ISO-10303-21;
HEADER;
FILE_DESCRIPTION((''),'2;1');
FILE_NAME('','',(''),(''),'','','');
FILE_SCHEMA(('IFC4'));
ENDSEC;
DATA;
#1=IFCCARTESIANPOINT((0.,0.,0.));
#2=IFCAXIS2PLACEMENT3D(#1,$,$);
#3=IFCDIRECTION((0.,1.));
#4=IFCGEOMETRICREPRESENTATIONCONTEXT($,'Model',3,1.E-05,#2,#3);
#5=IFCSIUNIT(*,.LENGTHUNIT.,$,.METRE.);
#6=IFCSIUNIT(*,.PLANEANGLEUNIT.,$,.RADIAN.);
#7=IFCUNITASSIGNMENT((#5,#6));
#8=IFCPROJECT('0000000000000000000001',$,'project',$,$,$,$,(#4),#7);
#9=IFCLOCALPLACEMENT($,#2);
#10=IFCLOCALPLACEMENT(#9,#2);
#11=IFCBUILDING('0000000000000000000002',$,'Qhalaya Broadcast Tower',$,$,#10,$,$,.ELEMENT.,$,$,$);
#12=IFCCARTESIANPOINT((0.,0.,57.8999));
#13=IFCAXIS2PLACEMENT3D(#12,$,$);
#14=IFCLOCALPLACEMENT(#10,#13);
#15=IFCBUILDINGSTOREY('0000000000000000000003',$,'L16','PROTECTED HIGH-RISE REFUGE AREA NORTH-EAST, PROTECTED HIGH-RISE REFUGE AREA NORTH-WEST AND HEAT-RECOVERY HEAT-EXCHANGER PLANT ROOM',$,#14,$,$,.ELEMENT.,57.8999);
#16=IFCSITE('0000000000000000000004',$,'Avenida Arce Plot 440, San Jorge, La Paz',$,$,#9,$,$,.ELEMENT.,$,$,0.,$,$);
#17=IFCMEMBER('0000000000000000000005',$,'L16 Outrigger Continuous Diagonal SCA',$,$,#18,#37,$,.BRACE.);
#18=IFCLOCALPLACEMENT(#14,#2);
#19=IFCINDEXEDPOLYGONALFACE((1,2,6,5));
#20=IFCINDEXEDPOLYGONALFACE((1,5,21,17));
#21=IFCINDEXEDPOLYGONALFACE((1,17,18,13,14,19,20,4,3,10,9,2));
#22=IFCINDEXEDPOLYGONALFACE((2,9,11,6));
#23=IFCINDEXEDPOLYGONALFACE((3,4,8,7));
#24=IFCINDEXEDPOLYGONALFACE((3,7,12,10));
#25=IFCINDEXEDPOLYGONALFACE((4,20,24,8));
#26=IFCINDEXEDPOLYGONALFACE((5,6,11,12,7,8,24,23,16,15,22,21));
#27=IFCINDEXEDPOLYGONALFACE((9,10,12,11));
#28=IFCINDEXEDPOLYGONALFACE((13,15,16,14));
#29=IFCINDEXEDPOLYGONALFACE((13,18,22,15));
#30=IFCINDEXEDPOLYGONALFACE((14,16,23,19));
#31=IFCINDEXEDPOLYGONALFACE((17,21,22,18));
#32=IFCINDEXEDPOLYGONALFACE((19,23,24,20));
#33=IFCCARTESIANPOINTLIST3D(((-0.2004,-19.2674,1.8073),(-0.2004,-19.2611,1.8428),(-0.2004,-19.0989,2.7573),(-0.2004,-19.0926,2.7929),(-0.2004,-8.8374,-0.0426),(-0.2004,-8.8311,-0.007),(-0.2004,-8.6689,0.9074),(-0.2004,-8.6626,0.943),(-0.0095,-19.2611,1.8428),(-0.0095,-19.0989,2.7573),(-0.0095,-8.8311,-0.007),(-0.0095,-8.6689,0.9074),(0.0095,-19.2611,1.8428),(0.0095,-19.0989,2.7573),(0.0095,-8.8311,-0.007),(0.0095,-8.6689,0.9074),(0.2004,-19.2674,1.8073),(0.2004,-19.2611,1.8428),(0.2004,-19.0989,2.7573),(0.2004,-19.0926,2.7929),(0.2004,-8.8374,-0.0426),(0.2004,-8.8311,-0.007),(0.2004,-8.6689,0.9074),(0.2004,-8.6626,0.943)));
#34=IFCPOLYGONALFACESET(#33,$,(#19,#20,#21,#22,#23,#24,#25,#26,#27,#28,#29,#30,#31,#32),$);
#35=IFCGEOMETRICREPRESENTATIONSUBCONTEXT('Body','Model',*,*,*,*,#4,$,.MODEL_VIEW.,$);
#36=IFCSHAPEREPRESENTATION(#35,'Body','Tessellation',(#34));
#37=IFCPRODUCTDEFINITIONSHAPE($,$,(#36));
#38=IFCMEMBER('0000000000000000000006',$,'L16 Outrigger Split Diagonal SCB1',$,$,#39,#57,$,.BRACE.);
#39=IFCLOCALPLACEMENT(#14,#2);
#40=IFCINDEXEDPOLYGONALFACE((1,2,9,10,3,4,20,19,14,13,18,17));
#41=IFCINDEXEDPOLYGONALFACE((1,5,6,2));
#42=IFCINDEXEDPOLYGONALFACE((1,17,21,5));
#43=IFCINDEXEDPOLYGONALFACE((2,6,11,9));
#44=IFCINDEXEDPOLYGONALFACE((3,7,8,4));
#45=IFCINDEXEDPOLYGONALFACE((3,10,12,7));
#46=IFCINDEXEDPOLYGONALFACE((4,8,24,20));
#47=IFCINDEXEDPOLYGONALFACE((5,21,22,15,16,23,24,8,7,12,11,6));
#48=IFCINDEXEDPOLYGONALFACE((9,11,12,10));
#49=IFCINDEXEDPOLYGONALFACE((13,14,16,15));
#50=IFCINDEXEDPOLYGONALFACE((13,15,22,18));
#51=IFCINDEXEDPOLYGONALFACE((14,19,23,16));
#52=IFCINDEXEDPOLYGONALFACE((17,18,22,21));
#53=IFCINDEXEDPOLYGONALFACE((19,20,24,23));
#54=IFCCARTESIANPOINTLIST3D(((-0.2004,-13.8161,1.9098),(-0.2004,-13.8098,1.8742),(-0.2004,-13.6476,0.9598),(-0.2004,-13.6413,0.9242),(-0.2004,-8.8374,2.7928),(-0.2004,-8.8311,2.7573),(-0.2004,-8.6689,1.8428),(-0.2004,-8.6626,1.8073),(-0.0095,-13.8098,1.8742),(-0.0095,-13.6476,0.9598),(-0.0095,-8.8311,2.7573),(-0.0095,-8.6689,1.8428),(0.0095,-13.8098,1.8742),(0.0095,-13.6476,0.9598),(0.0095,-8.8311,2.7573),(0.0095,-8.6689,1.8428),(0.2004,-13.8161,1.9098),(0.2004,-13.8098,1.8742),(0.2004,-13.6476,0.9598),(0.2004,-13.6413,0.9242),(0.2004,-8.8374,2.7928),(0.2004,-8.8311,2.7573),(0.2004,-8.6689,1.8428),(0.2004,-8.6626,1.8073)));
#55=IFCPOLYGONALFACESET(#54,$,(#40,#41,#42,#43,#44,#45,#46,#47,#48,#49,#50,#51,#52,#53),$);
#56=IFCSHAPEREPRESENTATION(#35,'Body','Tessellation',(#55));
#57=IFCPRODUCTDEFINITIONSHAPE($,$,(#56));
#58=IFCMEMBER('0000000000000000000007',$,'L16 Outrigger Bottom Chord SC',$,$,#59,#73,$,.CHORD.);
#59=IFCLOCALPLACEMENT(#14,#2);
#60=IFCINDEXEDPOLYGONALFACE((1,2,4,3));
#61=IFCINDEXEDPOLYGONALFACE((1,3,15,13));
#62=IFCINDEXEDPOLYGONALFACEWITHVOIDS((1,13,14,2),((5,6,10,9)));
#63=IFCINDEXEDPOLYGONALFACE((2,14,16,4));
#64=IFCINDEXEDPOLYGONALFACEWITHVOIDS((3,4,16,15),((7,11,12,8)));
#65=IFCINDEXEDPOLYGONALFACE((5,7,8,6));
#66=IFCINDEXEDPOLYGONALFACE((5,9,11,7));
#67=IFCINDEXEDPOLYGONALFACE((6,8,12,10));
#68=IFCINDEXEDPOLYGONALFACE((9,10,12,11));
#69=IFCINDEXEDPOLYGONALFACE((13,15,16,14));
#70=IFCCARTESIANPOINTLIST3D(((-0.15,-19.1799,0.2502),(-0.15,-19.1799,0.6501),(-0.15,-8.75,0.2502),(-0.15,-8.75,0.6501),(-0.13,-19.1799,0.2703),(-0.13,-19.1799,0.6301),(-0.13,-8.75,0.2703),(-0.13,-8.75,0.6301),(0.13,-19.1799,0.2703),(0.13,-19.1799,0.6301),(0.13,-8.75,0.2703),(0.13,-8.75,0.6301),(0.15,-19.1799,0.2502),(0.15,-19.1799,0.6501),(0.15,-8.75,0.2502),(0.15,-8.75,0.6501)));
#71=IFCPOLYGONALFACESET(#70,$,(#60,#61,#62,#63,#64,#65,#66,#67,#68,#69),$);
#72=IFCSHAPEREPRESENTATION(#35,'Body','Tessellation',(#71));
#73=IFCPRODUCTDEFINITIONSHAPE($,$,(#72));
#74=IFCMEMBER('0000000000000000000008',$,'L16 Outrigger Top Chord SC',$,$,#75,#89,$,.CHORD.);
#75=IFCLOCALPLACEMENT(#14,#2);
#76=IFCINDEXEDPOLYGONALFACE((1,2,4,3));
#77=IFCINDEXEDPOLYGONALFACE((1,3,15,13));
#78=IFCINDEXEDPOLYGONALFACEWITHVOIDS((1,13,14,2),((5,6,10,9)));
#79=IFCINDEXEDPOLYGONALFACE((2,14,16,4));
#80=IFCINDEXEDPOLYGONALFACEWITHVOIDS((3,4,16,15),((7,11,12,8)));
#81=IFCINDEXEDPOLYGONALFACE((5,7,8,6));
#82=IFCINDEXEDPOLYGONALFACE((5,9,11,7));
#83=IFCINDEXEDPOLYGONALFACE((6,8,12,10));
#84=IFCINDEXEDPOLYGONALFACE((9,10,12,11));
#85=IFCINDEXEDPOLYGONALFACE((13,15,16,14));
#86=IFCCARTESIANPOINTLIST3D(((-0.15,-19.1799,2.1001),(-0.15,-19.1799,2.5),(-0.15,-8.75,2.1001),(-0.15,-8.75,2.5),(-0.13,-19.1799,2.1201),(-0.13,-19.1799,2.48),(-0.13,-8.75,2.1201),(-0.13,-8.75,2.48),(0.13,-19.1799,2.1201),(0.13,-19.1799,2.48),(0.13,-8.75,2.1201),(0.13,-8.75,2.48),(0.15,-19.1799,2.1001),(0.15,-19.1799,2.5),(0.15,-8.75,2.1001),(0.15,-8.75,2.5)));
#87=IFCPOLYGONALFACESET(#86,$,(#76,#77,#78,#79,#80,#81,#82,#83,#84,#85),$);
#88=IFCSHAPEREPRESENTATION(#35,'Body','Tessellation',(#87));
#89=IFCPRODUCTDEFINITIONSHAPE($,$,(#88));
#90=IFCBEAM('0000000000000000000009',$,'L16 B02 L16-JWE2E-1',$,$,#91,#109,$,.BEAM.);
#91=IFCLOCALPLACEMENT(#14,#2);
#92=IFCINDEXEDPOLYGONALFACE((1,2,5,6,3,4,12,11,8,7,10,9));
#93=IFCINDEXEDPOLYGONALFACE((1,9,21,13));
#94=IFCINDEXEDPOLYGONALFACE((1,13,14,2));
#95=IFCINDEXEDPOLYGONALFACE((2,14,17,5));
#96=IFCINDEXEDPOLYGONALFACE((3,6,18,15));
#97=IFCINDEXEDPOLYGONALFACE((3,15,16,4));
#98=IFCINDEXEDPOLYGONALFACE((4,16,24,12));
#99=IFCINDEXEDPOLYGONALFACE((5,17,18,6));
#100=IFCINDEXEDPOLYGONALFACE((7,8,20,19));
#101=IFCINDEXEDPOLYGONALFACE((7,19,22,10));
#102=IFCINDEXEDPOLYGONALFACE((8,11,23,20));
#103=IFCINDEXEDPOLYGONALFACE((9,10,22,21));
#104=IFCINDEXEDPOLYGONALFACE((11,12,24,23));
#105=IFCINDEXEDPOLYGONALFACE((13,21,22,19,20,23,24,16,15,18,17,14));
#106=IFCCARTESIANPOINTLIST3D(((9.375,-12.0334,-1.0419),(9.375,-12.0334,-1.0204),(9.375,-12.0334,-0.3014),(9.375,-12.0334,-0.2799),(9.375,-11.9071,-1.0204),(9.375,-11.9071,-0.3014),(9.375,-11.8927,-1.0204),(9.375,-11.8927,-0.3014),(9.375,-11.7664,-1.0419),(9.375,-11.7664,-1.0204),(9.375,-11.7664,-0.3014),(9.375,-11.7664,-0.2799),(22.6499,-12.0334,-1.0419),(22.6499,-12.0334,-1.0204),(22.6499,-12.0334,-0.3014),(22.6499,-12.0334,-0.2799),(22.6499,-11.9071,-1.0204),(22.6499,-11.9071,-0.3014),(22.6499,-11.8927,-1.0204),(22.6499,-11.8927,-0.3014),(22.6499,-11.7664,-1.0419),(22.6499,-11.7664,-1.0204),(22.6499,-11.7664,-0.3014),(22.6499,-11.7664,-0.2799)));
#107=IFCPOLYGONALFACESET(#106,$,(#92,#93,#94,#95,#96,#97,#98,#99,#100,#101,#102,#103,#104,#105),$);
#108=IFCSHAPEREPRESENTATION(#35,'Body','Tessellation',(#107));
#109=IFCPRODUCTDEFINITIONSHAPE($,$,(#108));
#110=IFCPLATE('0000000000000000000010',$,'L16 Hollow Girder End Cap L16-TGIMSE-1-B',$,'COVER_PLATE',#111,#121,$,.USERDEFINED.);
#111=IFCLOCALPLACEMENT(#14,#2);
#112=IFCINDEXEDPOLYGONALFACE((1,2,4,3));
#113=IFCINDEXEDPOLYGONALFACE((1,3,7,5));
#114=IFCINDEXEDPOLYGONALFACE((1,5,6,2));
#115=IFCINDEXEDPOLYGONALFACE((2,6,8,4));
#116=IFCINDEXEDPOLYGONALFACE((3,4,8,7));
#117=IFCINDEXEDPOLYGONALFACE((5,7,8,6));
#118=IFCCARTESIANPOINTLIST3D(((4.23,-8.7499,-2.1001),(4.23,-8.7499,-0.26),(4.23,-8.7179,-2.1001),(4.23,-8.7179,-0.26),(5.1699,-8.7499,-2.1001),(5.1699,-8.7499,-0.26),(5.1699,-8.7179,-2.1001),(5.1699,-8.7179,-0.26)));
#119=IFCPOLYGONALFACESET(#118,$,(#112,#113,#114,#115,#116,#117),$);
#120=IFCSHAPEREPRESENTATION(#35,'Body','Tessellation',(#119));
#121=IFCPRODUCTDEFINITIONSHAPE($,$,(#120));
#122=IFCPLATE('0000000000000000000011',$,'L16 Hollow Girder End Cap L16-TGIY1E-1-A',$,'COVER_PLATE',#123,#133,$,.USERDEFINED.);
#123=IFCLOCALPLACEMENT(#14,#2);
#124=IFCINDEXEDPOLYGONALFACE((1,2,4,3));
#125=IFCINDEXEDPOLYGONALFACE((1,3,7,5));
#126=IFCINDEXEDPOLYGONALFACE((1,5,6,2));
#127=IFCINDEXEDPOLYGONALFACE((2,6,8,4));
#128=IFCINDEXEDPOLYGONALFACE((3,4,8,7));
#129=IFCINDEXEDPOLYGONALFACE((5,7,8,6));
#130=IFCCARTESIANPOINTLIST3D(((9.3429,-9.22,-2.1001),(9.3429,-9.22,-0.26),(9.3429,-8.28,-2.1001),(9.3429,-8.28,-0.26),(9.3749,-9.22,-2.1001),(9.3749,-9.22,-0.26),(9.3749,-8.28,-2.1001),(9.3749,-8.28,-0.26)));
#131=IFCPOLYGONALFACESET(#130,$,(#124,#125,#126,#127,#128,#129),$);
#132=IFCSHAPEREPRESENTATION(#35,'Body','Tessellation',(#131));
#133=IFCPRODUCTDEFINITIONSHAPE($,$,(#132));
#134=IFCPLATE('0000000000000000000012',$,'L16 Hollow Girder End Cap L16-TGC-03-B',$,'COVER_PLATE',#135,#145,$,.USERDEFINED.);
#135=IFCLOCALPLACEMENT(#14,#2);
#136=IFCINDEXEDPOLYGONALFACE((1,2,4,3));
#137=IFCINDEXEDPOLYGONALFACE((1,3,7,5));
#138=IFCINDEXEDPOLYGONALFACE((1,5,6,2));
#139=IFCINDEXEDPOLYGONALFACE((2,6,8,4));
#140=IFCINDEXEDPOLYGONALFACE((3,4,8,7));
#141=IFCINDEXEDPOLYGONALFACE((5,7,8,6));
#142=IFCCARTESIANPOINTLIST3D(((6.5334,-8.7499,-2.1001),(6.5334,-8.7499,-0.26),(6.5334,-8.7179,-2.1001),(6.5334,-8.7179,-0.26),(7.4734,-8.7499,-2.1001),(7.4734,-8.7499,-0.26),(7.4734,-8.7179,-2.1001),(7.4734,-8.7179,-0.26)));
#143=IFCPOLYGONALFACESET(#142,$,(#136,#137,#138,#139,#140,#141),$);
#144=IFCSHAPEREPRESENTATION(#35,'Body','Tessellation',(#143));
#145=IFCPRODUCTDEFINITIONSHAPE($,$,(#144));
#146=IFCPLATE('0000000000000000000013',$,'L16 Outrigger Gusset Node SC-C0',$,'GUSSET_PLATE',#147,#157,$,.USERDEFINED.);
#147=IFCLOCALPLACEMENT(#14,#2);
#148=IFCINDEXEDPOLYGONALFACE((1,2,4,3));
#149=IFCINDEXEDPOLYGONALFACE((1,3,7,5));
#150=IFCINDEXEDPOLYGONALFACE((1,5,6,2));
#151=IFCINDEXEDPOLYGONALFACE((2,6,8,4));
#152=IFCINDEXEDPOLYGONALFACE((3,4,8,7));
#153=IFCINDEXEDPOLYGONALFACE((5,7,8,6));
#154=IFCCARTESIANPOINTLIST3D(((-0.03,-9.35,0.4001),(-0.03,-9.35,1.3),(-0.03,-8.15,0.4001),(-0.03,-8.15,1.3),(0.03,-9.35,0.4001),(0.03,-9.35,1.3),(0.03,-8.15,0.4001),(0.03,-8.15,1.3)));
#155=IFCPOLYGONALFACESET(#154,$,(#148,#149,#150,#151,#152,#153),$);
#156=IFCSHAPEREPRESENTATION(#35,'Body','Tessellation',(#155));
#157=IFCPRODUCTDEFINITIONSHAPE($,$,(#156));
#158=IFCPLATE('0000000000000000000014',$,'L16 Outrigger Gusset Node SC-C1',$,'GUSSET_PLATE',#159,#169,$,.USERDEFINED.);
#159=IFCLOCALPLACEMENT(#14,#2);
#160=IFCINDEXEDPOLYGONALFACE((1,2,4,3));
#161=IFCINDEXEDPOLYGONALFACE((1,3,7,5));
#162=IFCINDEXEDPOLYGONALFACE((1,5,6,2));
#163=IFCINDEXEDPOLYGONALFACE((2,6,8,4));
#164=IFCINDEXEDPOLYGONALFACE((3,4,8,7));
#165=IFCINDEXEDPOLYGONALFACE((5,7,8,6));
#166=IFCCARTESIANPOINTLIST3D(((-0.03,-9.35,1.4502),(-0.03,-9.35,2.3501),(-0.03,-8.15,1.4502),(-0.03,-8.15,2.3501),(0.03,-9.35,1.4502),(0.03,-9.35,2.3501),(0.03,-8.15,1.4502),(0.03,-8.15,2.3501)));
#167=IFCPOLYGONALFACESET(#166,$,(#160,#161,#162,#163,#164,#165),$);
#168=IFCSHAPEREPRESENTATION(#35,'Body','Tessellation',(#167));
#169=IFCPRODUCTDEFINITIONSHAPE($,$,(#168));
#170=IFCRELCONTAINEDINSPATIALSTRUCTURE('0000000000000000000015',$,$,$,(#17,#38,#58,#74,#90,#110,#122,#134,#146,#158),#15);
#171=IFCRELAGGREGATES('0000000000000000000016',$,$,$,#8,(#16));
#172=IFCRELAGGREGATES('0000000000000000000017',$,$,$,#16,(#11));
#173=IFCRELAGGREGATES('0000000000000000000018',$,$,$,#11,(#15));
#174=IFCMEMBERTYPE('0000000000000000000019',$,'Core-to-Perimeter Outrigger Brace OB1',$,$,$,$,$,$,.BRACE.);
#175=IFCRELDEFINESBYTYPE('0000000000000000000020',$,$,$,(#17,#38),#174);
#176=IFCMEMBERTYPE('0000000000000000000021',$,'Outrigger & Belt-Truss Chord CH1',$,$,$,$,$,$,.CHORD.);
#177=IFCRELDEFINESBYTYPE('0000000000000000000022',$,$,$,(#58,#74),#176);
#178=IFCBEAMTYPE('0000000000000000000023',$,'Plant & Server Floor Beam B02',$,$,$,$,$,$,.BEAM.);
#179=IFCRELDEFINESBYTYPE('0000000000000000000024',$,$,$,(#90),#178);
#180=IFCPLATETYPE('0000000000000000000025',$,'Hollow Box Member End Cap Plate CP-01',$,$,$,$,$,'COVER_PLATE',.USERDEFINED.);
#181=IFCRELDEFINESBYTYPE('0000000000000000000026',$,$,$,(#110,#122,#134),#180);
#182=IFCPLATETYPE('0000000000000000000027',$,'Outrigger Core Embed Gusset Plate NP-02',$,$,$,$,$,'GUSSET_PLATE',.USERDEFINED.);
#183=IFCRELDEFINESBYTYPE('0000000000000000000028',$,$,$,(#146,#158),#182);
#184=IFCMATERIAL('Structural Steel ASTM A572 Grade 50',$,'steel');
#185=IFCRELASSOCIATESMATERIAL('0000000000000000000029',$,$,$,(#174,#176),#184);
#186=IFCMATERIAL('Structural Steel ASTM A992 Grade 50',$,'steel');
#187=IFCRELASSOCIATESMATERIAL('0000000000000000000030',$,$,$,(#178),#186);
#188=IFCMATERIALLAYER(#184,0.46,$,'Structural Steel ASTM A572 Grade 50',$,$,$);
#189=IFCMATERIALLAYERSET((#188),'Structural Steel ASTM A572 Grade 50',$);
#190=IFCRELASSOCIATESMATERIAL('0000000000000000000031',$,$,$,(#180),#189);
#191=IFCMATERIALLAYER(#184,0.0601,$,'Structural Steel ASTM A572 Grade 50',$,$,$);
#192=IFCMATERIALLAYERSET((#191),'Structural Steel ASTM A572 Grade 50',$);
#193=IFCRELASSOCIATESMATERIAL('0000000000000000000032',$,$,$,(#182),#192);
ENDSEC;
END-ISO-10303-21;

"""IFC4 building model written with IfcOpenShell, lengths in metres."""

from ifc_helpers import new_model, si_unit, direction, frame, origin, origin_2d, place, context, subcontext, project, spatial, rectangle, hollow_rectangle, i_section, extrude, material, layer, layer_set, material_profile, profile_set, type_object, element, save


model = new_model("IFC4")

# Units and contexts
model_context = context("Model", 3, precision=1e-05, world=origin(), true_north=direction((0.0, 1.0)))
body_context = subcontext(model_context, "Body", "Model", "MODEL_VIEW")
ifc_project = project(units=[si_unit("LENGTHUNIT", "METRE"), si_unit("PLANEANGLEUNIT", "RADIAN")], contexts=[model_context])

# Site, building, storey
site_placement = place(None, origin())
site = spatial("IfcSite", under=ifc_project, at=site_placement, Name="Avenida Arce Plot 440, San Jorge, La Paz", CompositionType="ELEMENT", RefElevation=0.0)
building_placement = place(site_placement, origin())
building = spatial("IfcBuilding", under=site, at=building_placement, Name="Qhalaya Broadcast Tower", CompositionType="ELEMENT")
storey_placement = place(building_placement, frame((0.0, 0.0, 57.8999)))
storey = spatial("IfcBuildingStorey", under=building, at=storey_placement, Name="L16", Description="PROTECTED HIGH-RISE REFUGE AREA NORTH-EAST, PROTECTED HIGH-RISE REFUGE AREA NORTH-WEST AND HEAT-RECOVERY HEAT-EXCHANGER PLANT ROOM", CompositionType="ELEMENT", Elevation=57.8999)

# Members
ifc_material_1 = material(Name="Structural Steel ASTM A572 Grade 50", Category="steel")
ifc_material_profile_1 = material_profile(ifc_material_1, i_section(OverallWidth=0.4009, OverallDepth=1.001, WebThickness=0.019, FlangeThickness=0.0361, at=origin_2d()), Name="W40X249")
ifc_profile_set_1 = profile_set([ifc_material_profile_1], Name="Structural Steel ASTM A572 Grade 50")
member_type_1 = type_object("IfcMemberType", Name="Core-to-Perimeter Outrigger Brace OB1", PredefinedType="BRACE", material=ifc_profile_set_1)
member_1_placement = place(storey_placement, frame((0.0, -8.75, 0.4502), z_axis=(0.0, -0.984633, 0.174635), x_axis=(1.0, 0.0, 0.0)))
element("IfcMember", 1, at=member_1_placement, inside=storey, type_object=member_type_1, Name="L16 Outrigger Continuous Diagonal SCA", PredefinedType="BRACE", context=body_context, shape_type="SweptSolid", body=[
    extrude(i_section(OverallWidth=0.4009, OverallDepth=1.001, WebThickness=0.019, FlangeThickness=0.0361, at=origin_2d()), origin(), (0.0, 0.0, 1.0), 10.5928),
])
member_2_placement = place(storey_placement, frame((0.0, -8.75, 2.3), z_axis=(0.0, -0.984633, -0.174639), x_axis=(1.0, 0.0, 0.0)))
element("IfcMember", 2, at=member_2_placement, inside=storey, type_object=member_type_1, Name="L16 Outrigger Split Diagonal SCB1", PredefinedType="BRACE", context=body_context, shape_type="SweptSolid", body=[
    extrude(i_section(OverallWidth=0.4009, OverallDepth=1.001, WebThickness=0.019, FlangeThickness=0.0361, at=origin_2d()), origin(), (0.0, 0.0, 1.0), 5.0564),
])
ifc_material_profile_2 = material_profile(ifc_material_1, hollow_rectangle(XDim=0.3, YDim=0.3999, WallThickness=0.02, at=origin_2d()), Name="HSS 300x400x20")
ifc_profile_set_2 = profile_set([ifc_material_profile_2], Name="Structural Steel ASTM A572 Grade 50")
member_type_2 = type_object("IfcMemberType", Name="Outrigger & Belt-Truss Chord CH1", PredefinedType="CHORD", material=ifc_profile_set_2)
for number, where, z_axis, x_axis, name in (
    (3, (0.0, -8.75, 0.4502), (0.0, -1.0, 0.0), (1.0, 0.0, 0.0), "L16 Outrigger Bottom Chord SC"),
    (4, (0.0, -8.75, 2.3), (0.0, -1.0, 0.0), (1.0, 0.0, 0.0), "L16 Outrigger Top Chord SC"),
):
    element("IfcMember", number, at=place(storey_placement, frame(where, z_axis=z_axis, x_axis=x_axis)), inside=storey, type_object=member_type_2, Name=name, PredefinedType="CHORD", context=body_context, shape_type="SweptSolid", body=[
        extrude(hollow_rectangle(XDim=0.3, YDim=0.3999, WallThickness=0.02, at=origin_2d()), origin(), (0.0, 0.0, 1.0), 10.4299),
    ])

# Beam
ifc_material_2 = material(Name="Structural Steel ASTM A992 Grade 50", Category="steel")
ifc_material_profile_3 = material_profile(ifc_material_2, i_section(OverallWidth=0.2671, OverallDepth=0.762, WebThickness=0.0144, FlangeThickness=0.0215, at=origin_2d()), Name="W30X116")
ifc_profile_set_3 = profile_set([ifc_material_profile_3], Name="Structural Steel ASTM A992 Grade 50")
beam_type = type_object("IfcBeamType", Name="Plant & Server Floor Beam B02", PredefinedType="BEAM", material=ifc_profile_set_3)
beam_placement = place(storey_placement, frame((9.375, -11.8999, -0.6609), z_axis=(1.0, 0.0, 0.0), x_axis=(0.0, 1.0, 0.0)))
element("IfcBeam", 5, at=beam_placement, inside=storey, type_object=beam_type, Name="L16 B02 L16-JWE2E-1", PredefinedType="BEAM", context=body_context, shape_type="SweptSolid", body=[
    extrude(i_section(OverallWidth=0.2671, OverallDepth=0.762, WebThickness=0.0144, FlangeThickness=0.0215, at=origin_2d()), origin(), (0.0, 0.0, 1.0), 13.2749),
])

# Plates
ifc_layer_1 = layer(ifc_material_1, 0.46, Name="Structural Steel ASTM A572 Grade 50")
ifc_layer_set_1 = layer_set([ifc_layer_1], Name="Structural Steel ASTM A572 Grade 50")
plate_type_1 = type_object("IfcPlateType", Name="Hollow Box Member End Cap Plate CP-01", ElementType="COVER_PLATE", PredefinedType="USERDEFINED", material=ifc_layer_set_1)
for number, where, z_axis, x_axis, name in (
    (6, (4.7, -8.7339, -2.1001), (0.0, 0.0, 1.0), (-1.0, 0.0, 0.0), "L16 Hollow Girder End Cap L16-TGIMSE-1-B"),
    (7, (9.3589, -8.75, -2.1001), (0.0, 0.0, 1.0), (0.0, 1.0, 0.0), "L16 Hollow Girder End Cap L16-TGIY1E-1-A"),
    (8, (7.0034, -8.7339, -2.1001), (0.0, 0.0, 1.0), (-1.0, 0.0, 0.0), "L16 Hollow Girder End Cap L16-TGC-03-B"),
):
    element("IfcPlate", number, at=place(storey_placement, frame(where, z_axis=z_axis, x_axis=x_axis)), inside=storey, type_object=plate_type_1, Name=name, ObjectType="COVER_PLATE", PredefinedType="USERDEFINED", context=body_context, shape_type="SweptSolid", body=[
        extrude(rectangle(XDim=0.9399, YDim=0.032, at=origin_2d()), origin(), (0.0, 0.0, 1.0), 1.8401),
    ])
ifc_layer_2 = layer(ifc_material_1, 0.0601, Name="Structural Steel ASTM A572 Grade 50")
ifc_layer_set_2 = layer_set([ifc_layer_2], Name="Structural Steel ASTM A572 Grade 50")
plate_type_2 = type_object("IfcPlateType", Name="Outrigger Core Embed Gusset Plate NP-02", ElementType="GUSSET_PLATE", PredefinedType="USERDEFINED", material=ifc_layer_set_2)
for number, where, z_axis, x_axis, name in (
    (9, (0.0, -8.75, 0.4001), (0.0, 0.0, 1.0), (0.0, -1.0, 0.0), "L16 Outrigger Gusset Node SC-C0"),
    (10, (0.0, -8.75, 1.4502), (0.0, 0.0, 1.0), (0.0, -1.0, 0.0), "L16 Outrigger Gusset Node SC-C1"),
):
    element("IfcPlate", number, at=place(storey_placement, frame(where, z_axis=z_axis, x_axis=x_axis)), inside=storey, type_object=plate_type_2, Name=name, ObjectType="GUSSET_PLATE", PredefinedType="USERDEFINED", context=body_context, shape_type="SweptSolid", body=[
        extrude(rectangle(XDim=1.2, YDim=0.0601, at=origin_2d()), origin(), (0.0, 0.0, 1.0), 0.8999),
    ])

save(model, "model.ifc")
